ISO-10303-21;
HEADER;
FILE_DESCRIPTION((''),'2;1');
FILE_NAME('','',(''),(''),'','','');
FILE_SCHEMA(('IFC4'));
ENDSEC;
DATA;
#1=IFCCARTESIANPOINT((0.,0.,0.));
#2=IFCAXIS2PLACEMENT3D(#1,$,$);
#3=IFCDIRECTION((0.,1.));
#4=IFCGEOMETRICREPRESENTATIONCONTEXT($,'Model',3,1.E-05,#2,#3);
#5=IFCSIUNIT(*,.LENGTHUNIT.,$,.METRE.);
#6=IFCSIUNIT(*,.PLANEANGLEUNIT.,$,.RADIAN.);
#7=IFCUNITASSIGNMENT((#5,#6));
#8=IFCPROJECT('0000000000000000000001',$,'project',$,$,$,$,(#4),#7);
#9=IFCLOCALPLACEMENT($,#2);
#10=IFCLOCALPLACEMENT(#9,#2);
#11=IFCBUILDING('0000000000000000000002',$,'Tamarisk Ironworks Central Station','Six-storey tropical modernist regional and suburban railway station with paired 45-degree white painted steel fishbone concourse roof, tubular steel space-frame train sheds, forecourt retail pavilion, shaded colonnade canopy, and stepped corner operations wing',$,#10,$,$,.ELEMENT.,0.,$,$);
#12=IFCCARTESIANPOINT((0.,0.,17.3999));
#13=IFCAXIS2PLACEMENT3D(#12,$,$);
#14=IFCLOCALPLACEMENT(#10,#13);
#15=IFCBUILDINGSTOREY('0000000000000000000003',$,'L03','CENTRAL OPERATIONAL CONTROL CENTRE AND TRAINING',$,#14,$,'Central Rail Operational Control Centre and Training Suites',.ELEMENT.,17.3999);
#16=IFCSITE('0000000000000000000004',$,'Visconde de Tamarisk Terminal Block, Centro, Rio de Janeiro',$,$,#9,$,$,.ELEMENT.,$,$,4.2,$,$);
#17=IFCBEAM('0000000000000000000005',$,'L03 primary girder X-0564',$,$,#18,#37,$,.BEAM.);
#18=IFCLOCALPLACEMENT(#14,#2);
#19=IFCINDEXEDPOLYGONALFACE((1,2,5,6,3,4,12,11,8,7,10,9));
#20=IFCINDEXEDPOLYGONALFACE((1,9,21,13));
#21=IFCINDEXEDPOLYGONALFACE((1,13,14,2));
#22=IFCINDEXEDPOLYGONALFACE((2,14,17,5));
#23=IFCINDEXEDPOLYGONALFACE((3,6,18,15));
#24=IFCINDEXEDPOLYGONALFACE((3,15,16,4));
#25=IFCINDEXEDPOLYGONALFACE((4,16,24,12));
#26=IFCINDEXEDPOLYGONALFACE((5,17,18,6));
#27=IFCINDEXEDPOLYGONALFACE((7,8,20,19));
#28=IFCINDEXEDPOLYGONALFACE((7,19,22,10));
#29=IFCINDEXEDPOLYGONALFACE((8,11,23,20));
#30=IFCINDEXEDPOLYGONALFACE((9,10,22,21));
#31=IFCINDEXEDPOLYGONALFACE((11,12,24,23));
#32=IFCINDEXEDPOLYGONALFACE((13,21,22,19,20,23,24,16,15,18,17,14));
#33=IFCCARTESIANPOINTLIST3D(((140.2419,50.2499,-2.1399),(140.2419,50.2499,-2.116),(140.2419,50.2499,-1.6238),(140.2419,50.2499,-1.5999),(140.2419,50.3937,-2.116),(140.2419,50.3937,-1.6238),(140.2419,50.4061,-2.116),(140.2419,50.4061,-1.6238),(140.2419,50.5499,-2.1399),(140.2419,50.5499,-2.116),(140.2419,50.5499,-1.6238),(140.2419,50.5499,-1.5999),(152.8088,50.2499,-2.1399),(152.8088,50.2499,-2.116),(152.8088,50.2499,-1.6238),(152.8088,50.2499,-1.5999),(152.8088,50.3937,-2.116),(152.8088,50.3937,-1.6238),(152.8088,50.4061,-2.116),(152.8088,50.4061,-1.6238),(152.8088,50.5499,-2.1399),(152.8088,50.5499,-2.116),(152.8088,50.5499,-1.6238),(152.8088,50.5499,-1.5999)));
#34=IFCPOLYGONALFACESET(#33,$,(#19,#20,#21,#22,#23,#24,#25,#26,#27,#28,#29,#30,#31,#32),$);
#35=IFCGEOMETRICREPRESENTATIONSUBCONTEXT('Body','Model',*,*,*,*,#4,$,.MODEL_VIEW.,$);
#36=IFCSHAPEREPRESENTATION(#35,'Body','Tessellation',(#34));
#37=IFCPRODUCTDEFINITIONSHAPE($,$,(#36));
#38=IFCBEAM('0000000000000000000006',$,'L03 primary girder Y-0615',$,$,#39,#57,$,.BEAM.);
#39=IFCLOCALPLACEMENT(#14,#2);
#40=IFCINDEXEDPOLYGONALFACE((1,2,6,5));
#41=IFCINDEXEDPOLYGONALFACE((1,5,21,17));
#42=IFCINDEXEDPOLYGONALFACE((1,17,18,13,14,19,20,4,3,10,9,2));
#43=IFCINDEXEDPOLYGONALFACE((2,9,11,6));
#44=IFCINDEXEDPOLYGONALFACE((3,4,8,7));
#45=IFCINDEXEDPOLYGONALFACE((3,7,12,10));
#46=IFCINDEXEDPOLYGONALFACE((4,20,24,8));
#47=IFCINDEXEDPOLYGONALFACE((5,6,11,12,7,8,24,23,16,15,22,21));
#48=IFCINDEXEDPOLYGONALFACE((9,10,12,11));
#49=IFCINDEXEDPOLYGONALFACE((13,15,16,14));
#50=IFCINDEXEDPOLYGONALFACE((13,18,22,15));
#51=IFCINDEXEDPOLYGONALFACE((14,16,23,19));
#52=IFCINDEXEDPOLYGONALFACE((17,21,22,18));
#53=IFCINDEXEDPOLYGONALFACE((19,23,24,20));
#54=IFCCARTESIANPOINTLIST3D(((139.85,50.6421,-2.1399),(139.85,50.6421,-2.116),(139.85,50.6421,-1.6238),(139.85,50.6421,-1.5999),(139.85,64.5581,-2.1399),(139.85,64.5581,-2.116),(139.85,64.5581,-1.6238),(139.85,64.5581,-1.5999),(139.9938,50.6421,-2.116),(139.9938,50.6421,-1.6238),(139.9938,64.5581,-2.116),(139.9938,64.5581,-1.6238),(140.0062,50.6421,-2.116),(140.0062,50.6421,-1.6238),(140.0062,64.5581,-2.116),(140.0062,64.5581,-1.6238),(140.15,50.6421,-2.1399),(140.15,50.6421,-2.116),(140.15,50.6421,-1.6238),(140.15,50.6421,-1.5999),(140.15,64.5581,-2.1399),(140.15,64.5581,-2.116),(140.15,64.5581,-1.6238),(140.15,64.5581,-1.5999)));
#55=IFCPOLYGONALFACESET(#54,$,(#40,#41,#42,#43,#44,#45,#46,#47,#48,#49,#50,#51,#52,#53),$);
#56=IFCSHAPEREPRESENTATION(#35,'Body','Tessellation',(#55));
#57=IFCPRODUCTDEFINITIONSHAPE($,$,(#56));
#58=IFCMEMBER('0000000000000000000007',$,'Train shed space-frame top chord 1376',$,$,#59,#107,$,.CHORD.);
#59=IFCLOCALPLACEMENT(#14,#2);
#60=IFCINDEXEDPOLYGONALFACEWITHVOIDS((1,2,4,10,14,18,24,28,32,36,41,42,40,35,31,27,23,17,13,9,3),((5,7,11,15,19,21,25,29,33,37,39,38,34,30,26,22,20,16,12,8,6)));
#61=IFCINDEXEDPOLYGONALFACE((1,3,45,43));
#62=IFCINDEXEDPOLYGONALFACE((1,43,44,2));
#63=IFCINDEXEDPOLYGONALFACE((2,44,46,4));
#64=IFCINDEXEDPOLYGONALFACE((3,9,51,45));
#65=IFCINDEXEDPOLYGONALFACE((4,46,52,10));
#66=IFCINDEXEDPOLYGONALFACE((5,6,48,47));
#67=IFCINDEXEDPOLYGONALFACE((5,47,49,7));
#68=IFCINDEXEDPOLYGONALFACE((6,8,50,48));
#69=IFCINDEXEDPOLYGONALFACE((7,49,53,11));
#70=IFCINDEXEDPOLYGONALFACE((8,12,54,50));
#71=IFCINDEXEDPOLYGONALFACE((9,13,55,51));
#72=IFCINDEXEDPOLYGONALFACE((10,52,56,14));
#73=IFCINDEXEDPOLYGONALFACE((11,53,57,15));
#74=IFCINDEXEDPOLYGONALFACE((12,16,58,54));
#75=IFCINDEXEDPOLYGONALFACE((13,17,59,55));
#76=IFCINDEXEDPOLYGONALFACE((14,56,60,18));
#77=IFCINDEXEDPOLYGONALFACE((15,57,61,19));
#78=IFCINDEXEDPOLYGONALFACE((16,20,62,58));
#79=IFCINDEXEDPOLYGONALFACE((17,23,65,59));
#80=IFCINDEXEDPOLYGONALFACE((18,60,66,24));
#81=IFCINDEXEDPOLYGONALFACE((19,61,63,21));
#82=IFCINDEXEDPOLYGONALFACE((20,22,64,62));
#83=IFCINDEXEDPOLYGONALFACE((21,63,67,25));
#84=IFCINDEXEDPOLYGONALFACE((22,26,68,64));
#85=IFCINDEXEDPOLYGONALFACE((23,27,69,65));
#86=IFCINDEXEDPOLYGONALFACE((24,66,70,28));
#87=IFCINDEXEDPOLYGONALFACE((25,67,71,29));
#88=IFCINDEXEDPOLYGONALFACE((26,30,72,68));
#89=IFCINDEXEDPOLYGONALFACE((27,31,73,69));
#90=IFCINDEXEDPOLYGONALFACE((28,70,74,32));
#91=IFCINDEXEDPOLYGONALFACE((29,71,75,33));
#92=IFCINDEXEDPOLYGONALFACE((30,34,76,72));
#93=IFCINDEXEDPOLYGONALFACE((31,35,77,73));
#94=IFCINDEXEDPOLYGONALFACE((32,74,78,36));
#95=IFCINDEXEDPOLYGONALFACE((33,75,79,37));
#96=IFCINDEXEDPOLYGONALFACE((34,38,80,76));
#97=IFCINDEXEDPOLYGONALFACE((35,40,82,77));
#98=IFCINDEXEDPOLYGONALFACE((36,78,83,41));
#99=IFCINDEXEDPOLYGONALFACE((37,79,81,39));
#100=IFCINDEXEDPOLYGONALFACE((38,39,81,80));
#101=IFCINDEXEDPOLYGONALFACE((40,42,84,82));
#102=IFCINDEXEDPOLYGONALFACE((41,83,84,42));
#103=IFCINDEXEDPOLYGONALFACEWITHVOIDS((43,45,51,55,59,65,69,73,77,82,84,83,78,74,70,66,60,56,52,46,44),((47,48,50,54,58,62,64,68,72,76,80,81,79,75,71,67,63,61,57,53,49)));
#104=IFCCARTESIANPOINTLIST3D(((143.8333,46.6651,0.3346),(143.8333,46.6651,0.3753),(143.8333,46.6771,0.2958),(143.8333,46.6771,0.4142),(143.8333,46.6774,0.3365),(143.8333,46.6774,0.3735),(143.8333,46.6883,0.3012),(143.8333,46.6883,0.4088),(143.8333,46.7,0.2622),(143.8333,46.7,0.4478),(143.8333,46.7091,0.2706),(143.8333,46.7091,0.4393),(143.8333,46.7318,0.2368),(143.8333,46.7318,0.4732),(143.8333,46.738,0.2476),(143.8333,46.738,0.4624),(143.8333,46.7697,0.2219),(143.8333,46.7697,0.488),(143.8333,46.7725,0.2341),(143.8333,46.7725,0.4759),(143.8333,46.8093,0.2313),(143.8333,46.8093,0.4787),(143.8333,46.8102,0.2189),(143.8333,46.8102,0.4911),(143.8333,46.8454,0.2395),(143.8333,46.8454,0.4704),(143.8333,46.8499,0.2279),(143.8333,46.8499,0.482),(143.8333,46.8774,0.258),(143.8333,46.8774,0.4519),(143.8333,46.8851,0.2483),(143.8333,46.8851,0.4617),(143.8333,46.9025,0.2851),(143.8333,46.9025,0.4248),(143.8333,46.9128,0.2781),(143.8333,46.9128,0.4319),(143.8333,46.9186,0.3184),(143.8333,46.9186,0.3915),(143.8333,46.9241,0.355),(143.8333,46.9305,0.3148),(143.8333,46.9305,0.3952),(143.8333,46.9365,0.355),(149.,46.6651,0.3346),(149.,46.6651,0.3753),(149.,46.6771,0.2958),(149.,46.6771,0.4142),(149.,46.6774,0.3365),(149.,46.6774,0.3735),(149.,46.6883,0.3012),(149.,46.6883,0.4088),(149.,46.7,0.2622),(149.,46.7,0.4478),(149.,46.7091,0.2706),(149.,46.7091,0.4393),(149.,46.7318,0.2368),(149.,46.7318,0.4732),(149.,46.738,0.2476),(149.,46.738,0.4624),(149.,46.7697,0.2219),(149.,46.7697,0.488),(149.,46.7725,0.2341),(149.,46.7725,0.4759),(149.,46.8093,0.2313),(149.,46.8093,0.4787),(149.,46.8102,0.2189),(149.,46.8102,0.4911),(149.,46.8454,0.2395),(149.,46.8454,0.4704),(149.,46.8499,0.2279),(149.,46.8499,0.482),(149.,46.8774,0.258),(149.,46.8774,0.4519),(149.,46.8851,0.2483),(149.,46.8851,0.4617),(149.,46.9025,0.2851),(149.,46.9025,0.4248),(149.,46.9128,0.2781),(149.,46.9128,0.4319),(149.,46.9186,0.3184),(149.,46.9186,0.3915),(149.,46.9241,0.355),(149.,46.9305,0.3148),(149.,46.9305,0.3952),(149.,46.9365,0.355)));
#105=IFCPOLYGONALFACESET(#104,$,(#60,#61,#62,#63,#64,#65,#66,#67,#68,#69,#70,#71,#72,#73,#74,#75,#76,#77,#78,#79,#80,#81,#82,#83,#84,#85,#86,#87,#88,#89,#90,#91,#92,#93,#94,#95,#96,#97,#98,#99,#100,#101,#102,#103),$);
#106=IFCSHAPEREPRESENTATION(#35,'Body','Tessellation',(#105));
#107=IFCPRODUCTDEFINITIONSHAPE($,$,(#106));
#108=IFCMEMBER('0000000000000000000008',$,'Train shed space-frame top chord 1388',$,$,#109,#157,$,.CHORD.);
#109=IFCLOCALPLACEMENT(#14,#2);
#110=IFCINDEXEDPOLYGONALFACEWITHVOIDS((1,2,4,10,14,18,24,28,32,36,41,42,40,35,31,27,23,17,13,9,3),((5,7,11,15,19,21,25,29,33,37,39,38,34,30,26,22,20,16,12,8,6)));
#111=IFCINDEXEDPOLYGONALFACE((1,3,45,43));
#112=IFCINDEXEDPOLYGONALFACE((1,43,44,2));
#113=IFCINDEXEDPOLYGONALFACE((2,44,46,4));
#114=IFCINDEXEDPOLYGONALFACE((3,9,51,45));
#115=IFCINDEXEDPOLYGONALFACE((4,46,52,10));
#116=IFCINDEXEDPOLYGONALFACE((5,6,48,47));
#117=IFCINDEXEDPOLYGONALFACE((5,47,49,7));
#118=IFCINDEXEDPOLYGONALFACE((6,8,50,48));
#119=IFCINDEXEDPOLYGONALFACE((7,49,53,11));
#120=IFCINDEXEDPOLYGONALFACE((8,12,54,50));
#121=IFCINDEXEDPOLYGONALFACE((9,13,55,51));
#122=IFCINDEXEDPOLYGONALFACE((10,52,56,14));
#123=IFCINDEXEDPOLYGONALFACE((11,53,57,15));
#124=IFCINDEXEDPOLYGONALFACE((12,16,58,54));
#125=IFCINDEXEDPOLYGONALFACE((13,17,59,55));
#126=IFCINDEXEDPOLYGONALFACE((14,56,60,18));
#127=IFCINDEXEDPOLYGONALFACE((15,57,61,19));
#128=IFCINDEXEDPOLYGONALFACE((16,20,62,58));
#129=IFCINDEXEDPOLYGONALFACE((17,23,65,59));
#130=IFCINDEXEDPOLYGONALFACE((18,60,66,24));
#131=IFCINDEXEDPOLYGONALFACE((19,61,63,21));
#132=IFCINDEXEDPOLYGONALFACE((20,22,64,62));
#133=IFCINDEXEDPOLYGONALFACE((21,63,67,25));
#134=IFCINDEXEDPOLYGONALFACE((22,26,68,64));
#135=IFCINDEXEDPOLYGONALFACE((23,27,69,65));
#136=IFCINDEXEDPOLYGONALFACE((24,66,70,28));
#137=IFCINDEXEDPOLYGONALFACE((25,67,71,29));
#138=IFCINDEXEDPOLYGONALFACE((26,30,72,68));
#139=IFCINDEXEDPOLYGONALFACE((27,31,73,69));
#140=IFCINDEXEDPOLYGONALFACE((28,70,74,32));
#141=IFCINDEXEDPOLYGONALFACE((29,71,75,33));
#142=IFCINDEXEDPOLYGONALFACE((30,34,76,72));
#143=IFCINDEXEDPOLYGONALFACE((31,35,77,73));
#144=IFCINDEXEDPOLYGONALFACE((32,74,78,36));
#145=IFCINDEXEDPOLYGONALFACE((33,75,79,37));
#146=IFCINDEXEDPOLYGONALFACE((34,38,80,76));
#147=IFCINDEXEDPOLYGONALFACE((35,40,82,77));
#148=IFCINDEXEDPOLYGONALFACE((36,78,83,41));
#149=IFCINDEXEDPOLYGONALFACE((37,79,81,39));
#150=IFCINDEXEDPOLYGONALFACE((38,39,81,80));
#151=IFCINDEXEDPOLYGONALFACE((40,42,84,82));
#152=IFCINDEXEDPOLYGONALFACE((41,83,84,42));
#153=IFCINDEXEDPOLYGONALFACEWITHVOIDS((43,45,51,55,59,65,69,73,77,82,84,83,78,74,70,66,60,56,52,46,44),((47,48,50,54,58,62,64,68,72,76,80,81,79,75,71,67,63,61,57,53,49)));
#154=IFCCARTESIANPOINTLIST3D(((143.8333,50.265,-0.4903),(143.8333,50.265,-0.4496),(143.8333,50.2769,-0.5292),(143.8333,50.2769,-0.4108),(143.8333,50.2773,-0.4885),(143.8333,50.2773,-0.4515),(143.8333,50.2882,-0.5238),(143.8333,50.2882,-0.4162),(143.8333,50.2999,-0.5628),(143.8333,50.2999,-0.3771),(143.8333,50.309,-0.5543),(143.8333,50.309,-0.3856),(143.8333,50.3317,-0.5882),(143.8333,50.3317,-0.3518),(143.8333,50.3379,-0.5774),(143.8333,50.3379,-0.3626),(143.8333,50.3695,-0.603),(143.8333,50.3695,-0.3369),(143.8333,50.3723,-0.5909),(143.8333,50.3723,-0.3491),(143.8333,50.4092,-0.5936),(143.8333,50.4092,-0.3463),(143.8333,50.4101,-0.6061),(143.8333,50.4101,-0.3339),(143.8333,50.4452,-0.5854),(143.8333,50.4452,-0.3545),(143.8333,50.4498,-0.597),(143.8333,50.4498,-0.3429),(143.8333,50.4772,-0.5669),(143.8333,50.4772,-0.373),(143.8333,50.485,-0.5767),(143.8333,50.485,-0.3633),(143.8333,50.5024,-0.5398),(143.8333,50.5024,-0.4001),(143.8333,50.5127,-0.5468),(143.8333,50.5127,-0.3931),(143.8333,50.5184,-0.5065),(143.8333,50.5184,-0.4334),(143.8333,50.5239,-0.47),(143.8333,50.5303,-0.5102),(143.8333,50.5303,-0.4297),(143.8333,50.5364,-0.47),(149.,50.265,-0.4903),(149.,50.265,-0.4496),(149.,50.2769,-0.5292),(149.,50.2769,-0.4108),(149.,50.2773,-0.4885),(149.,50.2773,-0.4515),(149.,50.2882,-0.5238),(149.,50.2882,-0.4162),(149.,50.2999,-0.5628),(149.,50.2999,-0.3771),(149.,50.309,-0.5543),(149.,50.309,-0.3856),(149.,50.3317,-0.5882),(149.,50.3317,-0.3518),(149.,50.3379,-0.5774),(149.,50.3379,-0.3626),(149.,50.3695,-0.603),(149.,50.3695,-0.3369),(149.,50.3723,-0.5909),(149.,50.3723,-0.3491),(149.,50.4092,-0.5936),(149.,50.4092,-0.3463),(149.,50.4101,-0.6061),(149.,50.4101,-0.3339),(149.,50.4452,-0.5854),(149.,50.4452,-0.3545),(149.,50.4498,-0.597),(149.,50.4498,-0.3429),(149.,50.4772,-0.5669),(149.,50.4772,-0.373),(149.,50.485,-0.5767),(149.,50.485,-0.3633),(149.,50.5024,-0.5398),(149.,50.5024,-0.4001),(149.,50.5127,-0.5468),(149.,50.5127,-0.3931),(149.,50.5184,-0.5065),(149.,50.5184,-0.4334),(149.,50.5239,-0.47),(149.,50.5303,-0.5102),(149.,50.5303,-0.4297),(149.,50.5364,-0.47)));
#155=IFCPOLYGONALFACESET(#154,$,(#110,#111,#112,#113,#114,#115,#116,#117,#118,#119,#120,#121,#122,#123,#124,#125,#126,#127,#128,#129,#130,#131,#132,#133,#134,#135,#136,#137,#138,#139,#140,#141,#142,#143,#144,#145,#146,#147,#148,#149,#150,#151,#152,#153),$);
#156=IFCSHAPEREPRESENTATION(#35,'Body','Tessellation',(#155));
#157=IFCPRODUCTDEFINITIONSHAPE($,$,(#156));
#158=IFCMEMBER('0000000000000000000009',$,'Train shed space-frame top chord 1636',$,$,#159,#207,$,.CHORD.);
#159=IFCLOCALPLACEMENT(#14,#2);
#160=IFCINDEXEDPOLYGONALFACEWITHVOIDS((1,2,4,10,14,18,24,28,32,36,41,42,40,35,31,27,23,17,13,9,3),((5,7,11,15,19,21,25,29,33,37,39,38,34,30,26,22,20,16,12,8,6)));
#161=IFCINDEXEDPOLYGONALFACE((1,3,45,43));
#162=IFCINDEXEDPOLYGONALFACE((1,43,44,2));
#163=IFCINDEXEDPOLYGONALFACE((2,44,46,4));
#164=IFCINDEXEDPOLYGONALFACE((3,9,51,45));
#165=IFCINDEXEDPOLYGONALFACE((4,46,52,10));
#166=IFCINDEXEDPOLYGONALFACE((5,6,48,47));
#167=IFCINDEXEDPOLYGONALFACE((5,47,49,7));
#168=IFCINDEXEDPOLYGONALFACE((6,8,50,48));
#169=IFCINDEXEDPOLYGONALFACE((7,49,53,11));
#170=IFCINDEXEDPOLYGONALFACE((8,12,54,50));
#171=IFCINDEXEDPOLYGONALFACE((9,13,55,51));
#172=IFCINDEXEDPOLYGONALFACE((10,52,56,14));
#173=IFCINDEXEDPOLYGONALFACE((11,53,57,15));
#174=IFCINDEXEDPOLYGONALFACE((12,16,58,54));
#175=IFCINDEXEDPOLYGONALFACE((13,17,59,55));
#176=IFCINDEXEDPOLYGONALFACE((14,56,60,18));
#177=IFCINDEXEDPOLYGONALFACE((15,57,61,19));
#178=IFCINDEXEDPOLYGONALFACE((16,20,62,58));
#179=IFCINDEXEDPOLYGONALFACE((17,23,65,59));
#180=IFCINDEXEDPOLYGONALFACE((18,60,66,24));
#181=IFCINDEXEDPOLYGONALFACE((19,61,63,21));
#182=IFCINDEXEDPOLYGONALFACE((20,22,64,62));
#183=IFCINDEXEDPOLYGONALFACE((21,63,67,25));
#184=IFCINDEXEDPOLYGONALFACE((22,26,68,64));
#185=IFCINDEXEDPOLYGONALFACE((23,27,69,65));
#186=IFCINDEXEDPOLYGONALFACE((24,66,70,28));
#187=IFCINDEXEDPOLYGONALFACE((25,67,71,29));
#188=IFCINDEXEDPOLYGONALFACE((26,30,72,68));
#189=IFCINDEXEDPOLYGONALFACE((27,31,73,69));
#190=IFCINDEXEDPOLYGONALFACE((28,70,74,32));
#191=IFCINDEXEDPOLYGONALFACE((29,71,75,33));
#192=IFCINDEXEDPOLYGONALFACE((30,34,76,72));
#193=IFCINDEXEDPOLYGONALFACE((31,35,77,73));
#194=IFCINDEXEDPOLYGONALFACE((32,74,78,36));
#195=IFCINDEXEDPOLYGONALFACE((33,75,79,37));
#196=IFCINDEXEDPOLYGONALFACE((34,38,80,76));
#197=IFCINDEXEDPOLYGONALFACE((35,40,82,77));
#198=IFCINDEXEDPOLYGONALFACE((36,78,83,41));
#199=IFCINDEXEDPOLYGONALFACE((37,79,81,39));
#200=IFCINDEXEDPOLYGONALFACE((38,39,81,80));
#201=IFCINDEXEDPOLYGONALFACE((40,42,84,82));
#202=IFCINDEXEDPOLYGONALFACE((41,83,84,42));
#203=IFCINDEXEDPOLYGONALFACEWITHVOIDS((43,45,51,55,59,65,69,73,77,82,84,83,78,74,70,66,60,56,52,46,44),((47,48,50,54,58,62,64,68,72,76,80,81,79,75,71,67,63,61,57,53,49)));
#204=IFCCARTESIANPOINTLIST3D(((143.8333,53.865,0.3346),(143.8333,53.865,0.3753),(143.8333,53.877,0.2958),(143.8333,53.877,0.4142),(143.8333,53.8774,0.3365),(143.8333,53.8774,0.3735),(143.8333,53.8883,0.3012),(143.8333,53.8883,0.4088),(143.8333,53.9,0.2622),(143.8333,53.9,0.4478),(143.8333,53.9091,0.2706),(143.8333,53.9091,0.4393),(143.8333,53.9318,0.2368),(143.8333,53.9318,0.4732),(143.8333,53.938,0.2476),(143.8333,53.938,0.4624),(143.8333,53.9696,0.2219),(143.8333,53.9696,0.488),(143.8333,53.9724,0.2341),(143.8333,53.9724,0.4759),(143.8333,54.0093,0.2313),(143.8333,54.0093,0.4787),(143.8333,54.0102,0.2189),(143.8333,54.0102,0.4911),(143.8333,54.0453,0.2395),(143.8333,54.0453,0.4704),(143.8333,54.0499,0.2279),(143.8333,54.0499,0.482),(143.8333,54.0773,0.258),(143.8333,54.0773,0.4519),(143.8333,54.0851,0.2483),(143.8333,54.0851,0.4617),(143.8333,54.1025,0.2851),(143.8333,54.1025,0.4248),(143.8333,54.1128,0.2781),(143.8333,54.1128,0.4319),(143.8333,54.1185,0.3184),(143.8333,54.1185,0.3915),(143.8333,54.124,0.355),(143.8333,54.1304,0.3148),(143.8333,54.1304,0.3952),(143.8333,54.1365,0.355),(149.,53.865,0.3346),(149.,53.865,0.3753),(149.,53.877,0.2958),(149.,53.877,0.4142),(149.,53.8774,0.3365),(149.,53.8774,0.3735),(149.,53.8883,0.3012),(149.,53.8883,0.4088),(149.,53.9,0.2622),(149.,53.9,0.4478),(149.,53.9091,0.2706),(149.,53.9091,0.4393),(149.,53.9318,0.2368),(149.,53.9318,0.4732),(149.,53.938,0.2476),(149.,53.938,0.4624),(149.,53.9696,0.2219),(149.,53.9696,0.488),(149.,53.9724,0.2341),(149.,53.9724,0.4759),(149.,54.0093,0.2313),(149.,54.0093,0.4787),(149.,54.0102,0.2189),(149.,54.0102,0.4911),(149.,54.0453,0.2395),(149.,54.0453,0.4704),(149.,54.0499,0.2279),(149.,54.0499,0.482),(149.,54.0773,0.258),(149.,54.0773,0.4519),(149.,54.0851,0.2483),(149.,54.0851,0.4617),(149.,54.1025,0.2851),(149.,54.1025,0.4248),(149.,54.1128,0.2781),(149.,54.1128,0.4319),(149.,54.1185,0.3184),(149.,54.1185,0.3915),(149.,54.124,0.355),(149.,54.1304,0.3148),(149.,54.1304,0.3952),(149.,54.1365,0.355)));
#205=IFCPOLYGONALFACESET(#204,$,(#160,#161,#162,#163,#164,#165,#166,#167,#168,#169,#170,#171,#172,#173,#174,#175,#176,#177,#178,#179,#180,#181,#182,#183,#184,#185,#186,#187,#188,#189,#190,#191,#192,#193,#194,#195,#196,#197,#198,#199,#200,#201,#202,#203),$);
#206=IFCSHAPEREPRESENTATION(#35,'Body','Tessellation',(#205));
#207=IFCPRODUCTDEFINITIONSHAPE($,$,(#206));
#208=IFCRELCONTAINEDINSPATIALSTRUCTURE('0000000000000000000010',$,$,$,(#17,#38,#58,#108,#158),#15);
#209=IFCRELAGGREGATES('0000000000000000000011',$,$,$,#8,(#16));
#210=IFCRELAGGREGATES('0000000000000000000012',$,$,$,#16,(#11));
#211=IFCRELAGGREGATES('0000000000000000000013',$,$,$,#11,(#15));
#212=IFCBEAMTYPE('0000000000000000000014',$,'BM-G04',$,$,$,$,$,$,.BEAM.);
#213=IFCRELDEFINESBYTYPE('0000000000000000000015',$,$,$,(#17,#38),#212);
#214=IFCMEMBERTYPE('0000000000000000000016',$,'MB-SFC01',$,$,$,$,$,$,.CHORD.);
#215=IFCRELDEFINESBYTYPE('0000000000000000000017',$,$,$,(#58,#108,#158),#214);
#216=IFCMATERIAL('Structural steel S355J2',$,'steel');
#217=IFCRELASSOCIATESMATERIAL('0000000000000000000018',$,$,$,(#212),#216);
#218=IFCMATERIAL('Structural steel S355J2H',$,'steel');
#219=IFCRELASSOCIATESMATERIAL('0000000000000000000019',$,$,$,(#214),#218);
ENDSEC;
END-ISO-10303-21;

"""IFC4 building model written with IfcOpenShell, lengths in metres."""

from ifc_helpers import new_model, si_unit, direction, frame, origin, origin_2d, place, context, subcontext, project, spatial, hollow_circle, i_section, extrude, material, material_profile, profile_set, type_object, element, save


model = new_model("IFC4")

# Units and contexts
model_context = context("Model", 3, precision=1e-05, world=origin(), true_north=direction((0.0, 1.0)))
body_context = subcontext(model_context, "Body", "Model", "MODEL_VIEW")
ifc_project = project(units=[si_unit("LENGTHUNIT", "METRE"), si_unit("PLANEANGLEUNIT", "RADIAN")], contexts=[model_context])

# Site, building, storey
site_placement = place(None, origin())
site = spatial("IfcSite", under=ifc_project, at=site_placement, Name="Visconde de Tamarisk Terminal Block, Centro, Rio de Janeiro", CompositionType="ELEMENT", RefElevation=4.2)
building_placement = place(site_placement, origin())
building = spatial("IfcBuilding", under=site, at=building_placement, Name="Tamarisk Ironworks Central Station", Description="Six-storey tropical modernist regional and suburban railway station with paired 45-degree white painted steel fishbone concourse roof, tubular steel space-frame train sheds, forecourt retail pavilion, shaded colonnade canopy, and stepped corner operations wing", CompositionType="ELEMENT", ElevationOfRefHeight=0.0)
storey_placement = place(building_placement, frame((0.0, 0.0, 17.3999)))
storey = spatial("IfcBuildingStorey", under=building, at=storey_placement, Name="L03", Description="CENTRAL OPERATIONAL CONTROL CENTRE AND TRAINING", LongName="Central Rail Operational Control Centre and Training Suites", CompositionType="ELEMENT", Elevation=17.3999)

# Beams
ifc_material_1 = material(Name="Structural steel S355J2", Category="steel")
ifc_material_profile_1 = material_profile(ifc_material_1, i_section(OverallWidth=0.3, OverallDepth=0.54, WebThickness=0.0125, FlangeThickness=0.0239, at=origin_2d()), Name="HEA 550")
ifc_profile_set_1 = profile_set([ifc_material_profile_1], Name="Structural steel S355J2")
beam_type = type_object("IfcBeamType", Name="BM-G04", PredefinedType="BEAM", material=ifc_profile_set_1)
beam_1_placement = place(storey_placement, frame((140.2419, 50.3999, -1.8699), z_axis=(1.0, 0.0, 0.0), x_axis=(0.0, 1.0, 0.0)))
element("IfcBeam", 1, at=beam_1_placement, inside=storey, type_object=beam_type, Name="L03 primary girder X-0564", PredefinedType="BEAM", context=body_context, shape_type="SweptSolid", body=[
    extrude(i_section(OverallWidth=0.3, OverallDepth=0.54, WebThickness=0.0125, FlangeThickness=0.0239, at=origin_2d()), origin(), (0.0, 0.0, 1.0), 12.5669),
])
beam_2_placement = place(storey_placement, frame((140.0, 50.6421, -1.8699), z_axis=(0.0, 1.0, 0.0), x_axis=(-1.0, 0.0, 0.0)))
element("IfcBeam", 2, at=beam_2_placement, inside=storey, type_object=beam_type, Name="L03 primary girder Y-0615", PredefinedType="BEAM", context=body_context, shape_type="SweptSolid", body=[
    extrude(i_section(OverallWidth=0.3, OverallDepth=0.54, WebThickness=0.0125, FlangeThickness=0.0239, at=origin_2d()), origin(), (0.0, 0.0, 1.0), 13.916),
])

# Members
ifc_material_2 = material(Name="Structural steel S355J2H", Category="steel")
ifc_material_profile_2 = material_profile(ifc_material_2, hollow_circle(Radius=0.1365, WallThickness=0.0125, at=origin_2d()), Name="CHS 273x12.5")
ifc_profile_set_2 = profile_set([ifc_material_profile_2], Name="Structural steel S355J2H")
member_type_1 = type_object("IfcMemberType", Name="MB-SFC01", PredefinedType="CHORD", material=ifc_profile_set_2)
for number, where, z_axis, x_axis, name in (
    (3, (143.8333, 46.8, 0.355), (1.0, 0.0, 0.0), (0.0, 1.0, 0.0), "Train shed space-frame top chord 1376"),
    (4, (143.8333, 50.3999, -0.47), (1.0, 0.0, 0.0), (0.0, 1.0, 0.0), "Train shed space-frame top chord 1388"),
    (5, (143.8333, 54.0, 0.355), (1.0, 0.0, 0.0), (0.0, 1.0, 0.0), "Train shed space-frame top chord 1636"),
):
    element("IfcMember", number, at=place(storey_placement, frame(where, z_axis=z_axis, x_axis=x_axis)), inside=storey, type_object=member_type_1, Name=name, PredefinedType="CHORD", context=body_context, shape_type="SweptSolid", body=[
        extrude(hollow_circle(Radius=0.1365, WallThickness=0.0125, at=origin_2d()), origin(), (0.0, 0.0, 1.0), 5.1667),
    ])

save(model, "model.ifc")
